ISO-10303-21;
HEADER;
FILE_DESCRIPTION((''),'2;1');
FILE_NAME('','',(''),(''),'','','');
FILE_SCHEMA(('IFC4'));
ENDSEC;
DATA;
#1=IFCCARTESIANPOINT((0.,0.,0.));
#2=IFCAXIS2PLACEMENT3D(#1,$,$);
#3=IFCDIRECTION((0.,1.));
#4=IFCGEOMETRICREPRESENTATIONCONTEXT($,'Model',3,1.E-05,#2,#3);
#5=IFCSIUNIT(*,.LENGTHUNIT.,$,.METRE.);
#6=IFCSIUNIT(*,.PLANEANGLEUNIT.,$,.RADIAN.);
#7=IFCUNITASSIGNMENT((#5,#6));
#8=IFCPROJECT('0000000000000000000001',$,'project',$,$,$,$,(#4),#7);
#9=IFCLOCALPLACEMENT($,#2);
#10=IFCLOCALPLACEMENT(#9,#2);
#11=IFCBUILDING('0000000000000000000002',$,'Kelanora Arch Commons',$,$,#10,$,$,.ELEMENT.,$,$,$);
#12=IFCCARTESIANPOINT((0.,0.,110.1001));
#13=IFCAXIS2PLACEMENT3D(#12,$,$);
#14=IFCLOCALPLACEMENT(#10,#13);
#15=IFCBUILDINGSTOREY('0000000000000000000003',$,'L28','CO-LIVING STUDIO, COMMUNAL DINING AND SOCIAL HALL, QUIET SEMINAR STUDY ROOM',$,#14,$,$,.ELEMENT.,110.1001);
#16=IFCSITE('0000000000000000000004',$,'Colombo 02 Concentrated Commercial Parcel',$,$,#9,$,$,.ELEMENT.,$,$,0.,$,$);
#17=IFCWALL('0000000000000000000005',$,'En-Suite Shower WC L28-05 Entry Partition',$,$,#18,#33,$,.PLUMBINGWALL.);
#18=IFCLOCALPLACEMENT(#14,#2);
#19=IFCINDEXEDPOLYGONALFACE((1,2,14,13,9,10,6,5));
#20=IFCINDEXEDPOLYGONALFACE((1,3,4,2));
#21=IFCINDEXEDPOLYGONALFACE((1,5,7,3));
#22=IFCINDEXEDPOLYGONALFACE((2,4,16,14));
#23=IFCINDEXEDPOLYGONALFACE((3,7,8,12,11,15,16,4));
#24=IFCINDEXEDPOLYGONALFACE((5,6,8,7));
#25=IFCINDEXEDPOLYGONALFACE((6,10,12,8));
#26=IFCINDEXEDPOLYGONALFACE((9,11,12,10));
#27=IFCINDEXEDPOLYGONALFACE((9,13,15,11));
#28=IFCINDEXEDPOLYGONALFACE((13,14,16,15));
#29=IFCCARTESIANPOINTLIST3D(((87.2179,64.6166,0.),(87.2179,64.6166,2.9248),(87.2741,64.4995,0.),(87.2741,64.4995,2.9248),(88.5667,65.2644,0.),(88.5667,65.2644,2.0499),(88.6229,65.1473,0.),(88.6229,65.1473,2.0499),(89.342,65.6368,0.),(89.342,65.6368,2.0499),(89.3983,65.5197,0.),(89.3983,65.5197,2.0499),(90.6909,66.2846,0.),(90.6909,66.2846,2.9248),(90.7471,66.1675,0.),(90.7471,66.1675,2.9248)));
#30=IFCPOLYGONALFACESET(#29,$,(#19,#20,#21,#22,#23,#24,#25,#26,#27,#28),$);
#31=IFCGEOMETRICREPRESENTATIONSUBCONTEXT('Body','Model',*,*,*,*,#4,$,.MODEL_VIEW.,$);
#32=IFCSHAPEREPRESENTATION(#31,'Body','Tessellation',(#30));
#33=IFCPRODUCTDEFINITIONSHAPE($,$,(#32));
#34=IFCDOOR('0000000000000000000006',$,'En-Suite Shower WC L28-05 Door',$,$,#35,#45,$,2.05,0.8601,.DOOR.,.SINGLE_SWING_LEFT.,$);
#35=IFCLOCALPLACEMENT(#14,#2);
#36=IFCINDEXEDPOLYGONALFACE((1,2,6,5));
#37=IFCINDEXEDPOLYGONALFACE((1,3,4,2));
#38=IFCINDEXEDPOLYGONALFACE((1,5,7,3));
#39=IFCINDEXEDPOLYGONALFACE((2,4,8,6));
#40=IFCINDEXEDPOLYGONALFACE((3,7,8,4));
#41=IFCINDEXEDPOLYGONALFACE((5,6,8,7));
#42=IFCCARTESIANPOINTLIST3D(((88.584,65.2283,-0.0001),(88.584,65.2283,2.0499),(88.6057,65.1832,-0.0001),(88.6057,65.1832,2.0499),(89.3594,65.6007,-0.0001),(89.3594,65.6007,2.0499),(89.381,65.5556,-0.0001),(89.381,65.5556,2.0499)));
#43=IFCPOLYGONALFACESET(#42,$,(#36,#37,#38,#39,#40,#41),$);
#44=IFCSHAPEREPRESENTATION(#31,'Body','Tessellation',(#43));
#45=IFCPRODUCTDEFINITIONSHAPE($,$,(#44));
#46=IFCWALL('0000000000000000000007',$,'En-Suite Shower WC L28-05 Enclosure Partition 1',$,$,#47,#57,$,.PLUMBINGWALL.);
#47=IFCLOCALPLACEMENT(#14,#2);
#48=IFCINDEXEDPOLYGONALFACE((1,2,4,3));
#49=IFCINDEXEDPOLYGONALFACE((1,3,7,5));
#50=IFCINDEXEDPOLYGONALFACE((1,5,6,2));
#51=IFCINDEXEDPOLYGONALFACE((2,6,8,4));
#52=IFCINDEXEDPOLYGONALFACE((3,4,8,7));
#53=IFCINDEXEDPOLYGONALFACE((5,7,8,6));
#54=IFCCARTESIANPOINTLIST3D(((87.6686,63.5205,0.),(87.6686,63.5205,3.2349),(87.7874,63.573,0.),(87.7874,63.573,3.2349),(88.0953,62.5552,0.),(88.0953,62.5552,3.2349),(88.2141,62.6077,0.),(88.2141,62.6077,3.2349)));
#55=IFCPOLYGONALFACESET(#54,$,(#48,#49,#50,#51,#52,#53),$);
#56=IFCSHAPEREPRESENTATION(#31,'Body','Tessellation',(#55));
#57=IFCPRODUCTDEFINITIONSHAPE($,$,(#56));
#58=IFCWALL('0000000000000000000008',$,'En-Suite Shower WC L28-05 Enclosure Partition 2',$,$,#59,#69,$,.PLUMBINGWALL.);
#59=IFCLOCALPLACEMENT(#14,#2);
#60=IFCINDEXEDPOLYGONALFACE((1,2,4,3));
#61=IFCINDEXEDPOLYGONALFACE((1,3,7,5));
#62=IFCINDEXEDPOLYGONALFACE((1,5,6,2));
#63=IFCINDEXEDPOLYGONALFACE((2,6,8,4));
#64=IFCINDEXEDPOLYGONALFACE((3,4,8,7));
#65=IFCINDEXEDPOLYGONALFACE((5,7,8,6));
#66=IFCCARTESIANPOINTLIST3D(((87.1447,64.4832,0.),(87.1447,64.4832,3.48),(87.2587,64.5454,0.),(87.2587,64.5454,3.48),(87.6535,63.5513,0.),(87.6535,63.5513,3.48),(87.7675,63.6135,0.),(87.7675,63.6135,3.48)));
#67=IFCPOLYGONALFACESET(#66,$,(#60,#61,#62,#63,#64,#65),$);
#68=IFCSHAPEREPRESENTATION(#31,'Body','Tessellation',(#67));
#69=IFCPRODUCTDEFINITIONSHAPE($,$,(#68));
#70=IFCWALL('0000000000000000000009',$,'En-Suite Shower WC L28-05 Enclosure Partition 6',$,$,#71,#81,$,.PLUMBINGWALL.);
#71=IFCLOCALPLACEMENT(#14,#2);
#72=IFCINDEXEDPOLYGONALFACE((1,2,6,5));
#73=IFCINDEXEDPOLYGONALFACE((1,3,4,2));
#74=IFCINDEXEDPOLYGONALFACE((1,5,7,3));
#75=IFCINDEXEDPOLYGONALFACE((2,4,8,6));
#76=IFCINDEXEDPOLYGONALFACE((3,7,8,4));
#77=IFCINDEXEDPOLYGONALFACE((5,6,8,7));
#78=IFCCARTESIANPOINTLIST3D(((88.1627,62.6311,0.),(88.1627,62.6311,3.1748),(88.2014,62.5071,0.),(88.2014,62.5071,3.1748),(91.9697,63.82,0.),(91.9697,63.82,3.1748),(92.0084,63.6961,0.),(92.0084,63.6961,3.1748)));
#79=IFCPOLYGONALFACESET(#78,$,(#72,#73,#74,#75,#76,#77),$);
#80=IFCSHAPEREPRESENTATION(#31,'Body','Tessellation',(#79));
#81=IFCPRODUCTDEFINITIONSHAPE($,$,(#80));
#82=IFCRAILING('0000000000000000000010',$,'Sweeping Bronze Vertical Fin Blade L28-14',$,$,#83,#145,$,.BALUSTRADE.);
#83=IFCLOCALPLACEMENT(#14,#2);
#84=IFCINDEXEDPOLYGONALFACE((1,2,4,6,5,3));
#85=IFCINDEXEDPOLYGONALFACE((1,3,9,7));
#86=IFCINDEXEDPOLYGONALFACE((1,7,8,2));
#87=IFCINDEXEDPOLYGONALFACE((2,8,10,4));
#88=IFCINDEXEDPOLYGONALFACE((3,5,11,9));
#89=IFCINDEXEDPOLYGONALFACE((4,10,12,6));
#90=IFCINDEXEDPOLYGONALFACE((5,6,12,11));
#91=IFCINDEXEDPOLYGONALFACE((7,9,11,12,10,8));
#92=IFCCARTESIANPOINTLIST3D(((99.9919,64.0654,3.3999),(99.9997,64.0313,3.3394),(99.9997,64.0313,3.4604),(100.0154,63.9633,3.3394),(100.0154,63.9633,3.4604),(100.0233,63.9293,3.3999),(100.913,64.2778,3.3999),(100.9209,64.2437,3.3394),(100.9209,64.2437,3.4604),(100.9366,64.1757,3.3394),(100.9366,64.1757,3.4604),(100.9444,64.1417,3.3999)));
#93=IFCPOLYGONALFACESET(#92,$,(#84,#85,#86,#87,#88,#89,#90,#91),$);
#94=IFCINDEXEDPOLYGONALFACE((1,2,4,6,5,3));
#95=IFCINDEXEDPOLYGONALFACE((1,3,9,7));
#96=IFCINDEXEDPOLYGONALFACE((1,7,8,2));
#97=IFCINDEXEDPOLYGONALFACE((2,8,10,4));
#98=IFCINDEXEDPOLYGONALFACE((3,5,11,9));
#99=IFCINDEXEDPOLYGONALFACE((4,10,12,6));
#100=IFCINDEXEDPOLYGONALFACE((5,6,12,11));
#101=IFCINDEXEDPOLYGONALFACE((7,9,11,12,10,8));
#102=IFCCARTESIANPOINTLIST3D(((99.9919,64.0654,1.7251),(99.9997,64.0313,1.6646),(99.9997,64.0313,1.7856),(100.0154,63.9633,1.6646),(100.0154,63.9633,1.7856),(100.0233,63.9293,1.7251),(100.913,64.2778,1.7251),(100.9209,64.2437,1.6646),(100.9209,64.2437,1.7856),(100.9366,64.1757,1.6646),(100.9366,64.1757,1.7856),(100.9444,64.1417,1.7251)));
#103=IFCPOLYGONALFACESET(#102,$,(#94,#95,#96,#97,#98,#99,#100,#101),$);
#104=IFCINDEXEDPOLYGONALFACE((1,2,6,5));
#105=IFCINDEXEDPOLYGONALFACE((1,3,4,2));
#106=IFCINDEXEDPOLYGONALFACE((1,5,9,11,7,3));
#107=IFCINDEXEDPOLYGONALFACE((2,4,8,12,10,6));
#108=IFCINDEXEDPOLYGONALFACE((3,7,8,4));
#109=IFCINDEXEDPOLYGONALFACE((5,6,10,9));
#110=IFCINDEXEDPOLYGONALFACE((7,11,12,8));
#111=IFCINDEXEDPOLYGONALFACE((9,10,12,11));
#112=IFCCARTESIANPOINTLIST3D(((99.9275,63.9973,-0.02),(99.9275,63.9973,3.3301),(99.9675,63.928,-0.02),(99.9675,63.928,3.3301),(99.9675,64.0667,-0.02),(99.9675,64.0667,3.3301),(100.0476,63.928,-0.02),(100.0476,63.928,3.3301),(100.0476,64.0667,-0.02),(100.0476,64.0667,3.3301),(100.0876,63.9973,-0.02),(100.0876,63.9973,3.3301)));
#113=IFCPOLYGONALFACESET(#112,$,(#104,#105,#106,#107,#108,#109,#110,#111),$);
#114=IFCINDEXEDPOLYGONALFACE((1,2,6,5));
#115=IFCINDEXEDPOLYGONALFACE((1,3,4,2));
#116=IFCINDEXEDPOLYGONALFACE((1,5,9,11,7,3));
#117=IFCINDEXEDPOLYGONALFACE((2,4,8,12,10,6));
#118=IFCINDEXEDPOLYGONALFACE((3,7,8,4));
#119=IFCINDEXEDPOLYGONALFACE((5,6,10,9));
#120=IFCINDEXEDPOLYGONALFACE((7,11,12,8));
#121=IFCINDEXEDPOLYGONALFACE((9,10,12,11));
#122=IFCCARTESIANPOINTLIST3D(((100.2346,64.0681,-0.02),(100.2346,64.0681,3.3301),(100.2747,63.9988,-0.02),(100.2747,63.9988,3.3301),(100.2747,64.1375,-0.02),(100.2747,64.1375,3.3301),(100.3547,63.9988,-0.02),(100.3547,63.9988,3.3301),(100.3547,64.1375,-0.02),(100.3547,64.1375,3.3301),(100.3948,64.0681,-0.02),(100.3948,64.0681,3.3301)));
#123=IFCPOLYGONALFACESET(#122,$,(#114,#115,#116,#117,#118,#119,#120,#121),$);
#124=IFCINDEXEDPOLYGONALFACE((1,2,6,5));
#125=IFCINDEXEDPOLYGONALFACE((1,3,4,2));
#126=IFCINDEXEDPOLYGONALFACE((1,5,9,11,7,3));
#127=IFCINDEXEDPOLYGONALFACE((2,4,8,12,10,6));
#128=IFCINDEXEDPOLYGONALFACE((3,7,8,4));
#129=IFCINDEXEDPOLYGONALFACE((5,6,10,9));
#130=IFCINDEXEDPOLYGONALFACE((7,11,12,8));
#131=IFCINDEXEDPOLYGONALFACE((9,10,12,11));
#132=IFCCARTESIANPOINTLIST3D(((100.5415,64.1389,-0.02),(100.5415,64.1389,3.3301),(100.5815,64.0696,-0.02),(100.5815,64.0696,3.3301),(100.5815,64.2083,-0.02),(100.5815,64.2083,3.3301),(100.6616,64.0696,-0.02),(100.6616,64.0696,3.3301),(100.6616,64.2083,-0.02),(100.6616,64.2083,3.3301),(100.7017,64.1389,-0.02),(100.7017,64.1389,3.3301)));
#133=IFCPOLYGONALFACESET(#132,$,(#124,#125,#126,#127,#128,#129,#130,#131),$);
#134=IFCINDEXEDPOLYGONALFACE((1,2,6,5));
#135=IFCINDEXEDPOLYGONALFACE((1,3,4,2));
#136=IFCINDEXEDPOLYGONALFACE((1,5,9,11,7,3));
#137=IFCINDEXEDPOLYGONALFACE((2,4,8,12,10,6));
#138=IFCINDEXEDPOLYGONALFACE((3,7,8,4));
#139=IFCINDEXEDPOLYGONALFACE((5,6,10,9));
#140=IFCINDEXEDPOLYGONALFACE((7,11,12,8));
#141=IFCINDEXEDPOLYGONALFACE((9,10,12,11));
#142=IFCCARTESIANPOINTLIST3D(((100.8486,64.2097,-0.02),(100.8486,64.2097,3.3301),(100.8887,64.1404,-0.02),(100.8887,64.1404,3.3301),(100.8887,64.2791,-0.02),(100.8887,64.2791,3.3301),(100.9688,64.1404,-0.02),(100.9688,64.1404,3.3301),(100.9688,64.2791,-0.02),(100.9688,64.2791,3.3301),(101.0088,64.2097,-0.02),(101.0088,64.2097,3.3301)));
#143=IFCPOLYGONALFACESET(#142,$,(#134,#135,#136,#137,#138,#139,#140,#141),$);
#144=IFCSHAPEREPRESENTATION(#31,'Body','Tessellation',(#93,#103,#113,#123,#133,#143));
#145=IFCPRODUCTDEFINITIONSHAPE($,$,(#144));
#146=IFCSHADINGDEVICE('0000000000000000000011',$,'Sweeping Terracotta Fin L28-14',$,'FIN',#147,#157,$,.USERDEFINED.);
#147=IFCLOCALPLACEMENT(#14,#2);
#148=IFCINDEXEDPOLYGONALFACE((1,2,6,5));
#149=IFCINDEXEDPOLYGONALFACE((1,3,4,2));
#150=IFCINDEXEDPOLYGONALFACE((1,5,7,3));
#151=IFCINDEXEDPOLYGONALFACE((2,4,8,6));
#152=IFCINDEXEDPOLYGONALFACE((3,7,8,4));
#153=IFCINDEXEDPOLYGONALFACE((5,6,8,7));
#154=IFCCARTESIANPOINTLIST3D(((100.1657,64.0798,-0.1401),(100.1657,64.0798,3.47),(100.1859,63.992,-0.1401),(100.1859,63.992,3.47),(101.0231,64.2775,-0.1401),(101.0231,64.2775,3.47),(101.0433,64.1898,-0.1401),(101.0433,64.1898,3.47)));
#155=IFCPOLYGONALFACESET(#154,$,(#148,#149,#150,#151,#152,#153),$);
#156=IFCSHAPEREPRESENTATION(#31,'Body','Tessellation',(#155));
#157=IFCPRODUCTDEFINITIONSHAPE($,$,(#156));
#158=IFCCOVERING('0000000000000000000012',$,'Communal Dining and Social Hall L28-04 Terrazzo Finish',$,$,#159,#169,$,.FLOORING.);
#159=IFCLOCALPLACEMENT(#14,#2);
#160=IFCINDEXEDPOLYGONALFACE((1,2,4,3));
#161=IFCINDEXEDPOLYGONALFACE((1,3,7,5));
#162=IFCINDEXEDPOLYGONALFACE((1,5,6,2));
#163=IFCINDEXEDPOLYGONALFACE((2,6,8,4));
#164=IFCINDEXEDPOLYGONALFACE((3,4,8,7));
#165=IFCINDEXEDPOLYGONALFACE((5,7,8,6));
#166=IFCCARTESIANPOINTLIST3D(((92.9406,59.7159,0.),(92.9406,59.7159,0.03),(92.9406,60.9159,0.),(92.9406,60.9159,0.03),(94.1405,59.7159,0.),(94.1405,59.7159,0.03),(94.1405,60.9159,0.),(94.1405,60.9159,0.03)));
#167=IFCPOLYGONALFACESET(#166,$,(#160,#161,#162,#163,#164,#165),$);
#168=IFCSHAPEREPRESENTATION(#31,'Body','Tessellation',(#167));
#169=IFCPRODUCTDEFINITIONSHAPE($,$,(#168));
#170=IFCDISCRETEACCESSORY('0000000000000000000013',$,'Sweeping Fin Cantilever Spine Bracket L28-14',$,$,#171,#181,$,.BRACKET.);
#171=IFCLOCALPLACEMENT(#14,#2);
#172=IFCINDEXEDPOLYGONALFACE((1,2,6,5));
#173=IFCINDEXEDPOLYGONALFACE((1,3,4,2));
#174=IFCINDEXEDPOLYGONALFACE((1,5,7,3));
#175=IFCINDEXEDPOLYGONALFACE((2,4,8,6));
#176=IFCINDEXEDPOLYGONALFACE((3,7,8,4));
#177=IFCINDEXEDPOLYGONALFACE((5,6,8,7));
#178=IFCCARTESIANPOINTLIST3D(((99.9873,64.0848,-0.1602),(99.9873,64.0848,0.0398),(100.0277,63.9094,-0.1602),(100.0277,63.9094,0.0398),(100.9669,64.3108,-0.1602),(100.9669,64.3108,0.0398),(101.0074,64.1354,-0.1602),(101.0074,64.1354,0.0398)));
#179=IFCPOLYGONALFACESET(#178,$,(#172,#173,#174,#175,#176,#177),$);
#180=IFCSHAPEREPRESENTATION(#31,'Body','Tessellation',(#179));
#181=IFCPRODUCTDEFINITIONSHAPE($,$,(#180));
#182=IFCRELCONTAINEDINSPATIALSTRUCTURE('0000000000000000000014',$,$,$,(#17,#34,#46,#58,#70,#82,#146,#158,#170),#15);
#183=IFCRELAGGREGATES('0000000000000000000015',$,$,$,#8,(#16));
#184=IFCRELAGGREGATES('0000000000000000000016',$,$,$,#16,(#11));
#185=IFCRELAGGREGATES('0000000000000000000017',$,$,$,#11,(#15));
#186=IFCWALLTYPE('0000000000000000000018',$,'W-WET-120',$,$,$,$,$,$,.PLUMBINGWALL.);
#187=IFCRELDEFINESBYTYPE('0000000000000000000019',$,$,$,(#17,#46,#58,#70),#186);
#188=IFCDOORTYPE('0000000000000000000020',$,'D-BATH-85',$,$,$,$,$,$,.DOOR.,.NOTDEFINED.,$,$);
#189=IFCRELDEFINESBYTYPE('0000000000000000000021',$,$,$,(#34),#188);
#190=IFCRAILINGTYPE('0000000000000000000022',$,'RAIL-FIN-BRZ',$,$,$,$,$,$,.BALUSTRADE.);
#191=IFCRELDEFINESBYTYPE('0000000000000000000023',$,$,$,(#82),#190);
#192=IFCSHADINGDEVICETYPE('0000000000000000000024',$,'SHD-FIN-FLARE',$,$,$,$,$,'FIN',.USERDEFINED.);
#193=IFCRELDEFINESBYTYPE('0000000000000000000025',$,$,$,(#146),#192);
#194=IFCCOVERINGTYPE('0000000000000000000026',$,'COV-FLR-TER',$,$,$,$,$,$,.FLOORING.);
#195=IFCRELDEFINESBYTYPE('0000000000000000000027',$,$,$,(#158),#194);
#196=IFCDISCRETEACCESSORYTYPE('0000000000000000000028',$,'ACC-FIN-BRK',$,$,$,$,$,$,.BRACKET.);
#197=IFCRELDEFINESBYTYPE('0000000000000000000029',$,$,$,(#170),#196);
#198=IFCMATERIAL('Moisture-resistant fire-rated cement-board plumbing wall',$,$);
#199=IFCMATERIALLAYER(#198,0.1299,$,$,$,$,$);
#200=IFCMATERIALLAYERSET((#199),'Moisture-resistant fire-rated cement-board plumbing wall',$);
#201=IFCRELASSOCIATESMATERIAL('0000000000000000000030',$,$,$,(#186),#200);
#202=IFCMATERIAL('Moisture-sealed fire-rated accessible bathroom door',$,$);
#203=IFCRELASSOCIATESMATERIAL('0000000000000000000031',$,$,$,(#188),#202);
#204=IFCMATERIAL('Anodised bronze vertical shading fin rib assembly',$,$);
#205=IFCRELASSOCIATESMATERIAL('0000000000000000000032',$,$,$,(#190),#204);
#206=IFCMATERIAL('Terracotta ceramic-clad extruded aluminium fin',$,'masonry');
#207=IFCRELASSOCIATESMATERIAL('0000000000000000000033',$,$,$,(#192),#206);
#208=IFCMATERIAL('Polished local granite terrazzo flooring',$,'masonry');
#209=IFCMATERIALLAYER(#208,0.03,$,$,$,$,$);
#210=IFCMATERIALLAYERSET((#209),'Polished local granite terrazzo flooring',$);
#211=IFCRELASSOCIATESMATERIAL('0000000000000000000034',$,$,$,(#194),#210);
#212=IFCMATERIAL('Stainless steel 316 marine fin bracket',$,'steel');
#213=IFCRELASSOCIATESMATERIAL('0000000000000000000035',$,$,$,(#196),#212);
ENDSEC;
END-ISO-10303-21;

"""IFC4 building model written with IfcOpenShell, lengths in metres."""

from ifc_helpers import new_model, si_unit, direction, frame, frame_2d, origin, origin_2d, place, context, subcontext, project, spatial, polyline, rectangle, outline, extrude, source, transform, mapped, material, layer, layer_set, type_object, element, fill, save


model = new_model("IFC4")

# Units and contexts
model_context = context("Model", 3, precision=1e-05, world=origin(), true_north=direction((0.0, 1.0)))
body_context = subcontext(model_context, "Body", "Model", "MODEL_VIEW")
ifc_project = project(units=[si_unit("LENGTHUNIT", "METRE"), si_unit("PLANEANGLEUNIT", "RADIAN")], contexts=[model_context])

# Site, building, storey
site_placement = place(None, origin())
site = spatial("IfcSite", under=ifc_project, at=site_placement, Name="Colombo 02 Concentrated Commercial Parcel", CompositionType="ELEMENT", RefElevation=0.0)
building_placement = place(site_placement, origin())
building = spatial("IfcBuilding", under=site, at=building_placement, Name="Kelanora Arch Commons", CompositionType="ELEMENT")
storey_placement = place(building_placement, frame((0.0, 0.0, 110.1001)))
storey = spatial("IfcBuildingStorey", under=building, at=storey_placement, Name="L28", Description="CO-LIVING STUDIO, COMMUNAL DINING AND SOCIAL HALL, QUIET SEMINAR STUDY ROOM", CompositionType="ELEMENT", Elevation=110.1001)

# Wall, opening, door
ifc_material_1 = material(Name="Moisture-resistant fire-rated cement-board plumbing wall")
ifc_layer_1 = layer(ifc_material_1, 0.1299)
ifc_layer_set_1 = layer_set([ifc_layer_1], Name="Moisture-resistant fire-rated cement-board plumbing wall")
wall_type_1 = type_object("IfcWallType", Name="W-WET-120", PredefinedType="PLUMBINGWALL", material=ifc_layer_set_1)
wall_1_placement = place(storey_placement, frame((87.2461, 64.5581, 0.0), z_axis=(0.0, 0.0, 1.0), x_axis=(0.901424, 0.432937, 0.0)))
wall_1 = element("IfcWall", 1, at=wall_1_placement, inside=storey, type_object=wall_type_1, Name="En-Suite Shower WC L28-05 Entry Partition", PredefinedType="PLUMBINGWALL", context=body_context, shape_type="SweptSolid", body=[
    extrude(rectangle(XDim=3.8528, YDim=0.1299, at=frame_2d((1.9263, 0.0))), origin(), (0.0, 0.0, 1.0), 2.9248),
])
opening_1_placement = place(wall_1_placement, frame((1.4961, 0.0, 0.0)))
opening_1 = element("IfcOpeningElement", 2, at=opening_1_placement, cuts=wall_1, PredefinedType="OPENING", context=body_context, shape_type="SweptSolid", body=[
    extrude(rectangle(XDim=0.8601, YDim=2.05, at=frame_2d((0.4302, 1.0249))), frame((0.0, 0.075, 0.0), z_axis=(0.0, -1.0, 0.0), x_axis=(1.0, 0.0, 0.0)), (0.0, 0.0, 1.0), 0.1499),
])
ifc_material_2 = material(Name="Moisture-sealed fire-rated accessible bathroom door")
door_type_1 = type_object("IfcDoorType", Name="D-BATH-85", OperationType="NOTDEFINED", PredefinedType="DOOR", material=ifc_material_2)
door_1_placement = place(opening_1_placement, origin())
door_1 = element("IfcDoor", 3, at=door_1_placement, inside=storey, type_object=door_type_1, Name="En-Suite Shower WC L28-05 Door", OperationType="SINGLE_SWING_LEFT", OverallHeight=2.05, OverallWidth=0.8601, PredefinedType="DOOR", context=body_context, shape_type="SweptSolid", body=[
    extrude(rectangle(XDim=0.8601, YDim=2.05, at=frame_2d((0.4302, 1.0249))), frame((0.0, 0.0249, 0.0), z_axis=(0.0, -1.0, 0.0), x_axis=(1.0, 0.0, 0.0)), (0.0, 0.0, 1.0), 0.05),
])
fill(opening_1, door_1)

# Walls
wall_2_placement = place(storey_placement, frame((88.1548, 62.5813, 0.0), z_axis=(0.0, 0.0, 1.0), x_axis=(-0.404335, 0.914611, 0.0)))
element("IfcWall", 4, at=wall_2_placement, inside=storey, type_object=wall_type_1, Name="En-Suite Shower WC L28-05 Enclosure Partition 1", PredefinedType="PLUMBINGWALL", context=body_context, shape_type="SweptSolid", body=[
    extrude(rectangle(XDim=1.0554, YDim=0.1299, at=frame_2d((0.5278, 0.0))), origin(), (0.0, 0.0, 1.0), 3.2349),
])
wall_3_placement = place(storey_placement, frame((87.7104, 63.5825, 0.0), z_axis=(0.0, 0.0, 1.0), x_axis=(-0.479207, 0.877702, 0.0)))
element("IfcWall", 5, at=wall_3_placement, inside=storey, type_object=wall_type_1, Name="En-Suite Shower WC L28-05 Enclosure Partition 2", PredefinedType="PLUMBINGWALL", context=body_context, shape_type="SweptSolid", body=[
    extrude(rectangle(XDim=1.0618, YDim=0.1299, at=frame_2d((0.5308, 0.0))), origin(), (0.0, 0.0, 1.0), 3.48),
])
wall_4_placement = place(storey_placement, frame((91.989, 63.7581, 0.0), z_axis=(0.0, 0.0, 1.0), x_axis=(-0.954529, -0.298118, 0.0)))
element("IfcWall", 6, at=wall_4_placement, inside=storey, type_object=wall_type_1, Name="En-Suite Shower WC L28-05 Enclosure Partition 6", PredefinedType="PLUMBINGWALL", context=body_context, shape_type="SweptSolid", body=[
    extrude(rectangle(XDim=3.9883, YDim=0.1299, at=frame_2d((1.9941, 0.0))), origin(), (0.0, 0.0, 1.0), 3.1748),
])

# Railing
ifc_material_3 = material(Name="Anodised bronze vertical shading fin rib assembly")
railing_type_1 = type_object("IfcRailingType", Name="RAIL-FIN-BRZ", PredefinedType="BALUSTRADE", material=ifc_material_3)
railing_1_placement = place(storey_placement, frame((100.0076, 63.9973, -0.02)))
element("IfcRailing", 7, at=railing_1_placement, inside=storey, type_object=railing_type_1, Name="Sweeping Bronze Vertical Fin Blade L28-14", PredefinedType="BALUSTRADE", context=body_context, shape_type="SweptSolid", body=[
    extrude(outline(polyline([(0.0698, 0.0), (0.0349, 0.0605), (-0.0349, 0.0605), (-0.0698, 0.0), (-0.0349, -0.0605), (0.0349, -0.0605), (0.0698, 0.0)])), frame((0.0, 0.0, 3.4199), z_axis=(0.97443, 0.22469, 0.0), x_axis=(-0.22469, 0.97443, 0.0)), (0.0, 0.0, 1.0), 0.9453),
    extrude(outline(polyline([(0.0698, 0.0), (0.0349, 0.0605), (-0.0349, 0.0605), (-0.0698, 0.0), (-0.0349, -0.0605), (0.0349, -0.0605), (0.0698, 0.0)])), frame((0.0, 0.0, 1.7451), z_axis=(0.97443, 0.22469, 0.0), x_axis=(-0.22469, 0.97443, 0.0)), (0.0, 0.0, 1.0), 0.9453),
    extrude(outline(polyline([(0.0801, 0.0), (0.04, 0.0693), (-0.04, 0.0693), (-0.0801, 0.0), (-0.04, -0.0693), (0.04, -0.0693), (0.0801, 0.0)])), origin(), (0.0, 0.0, 1.0), 3.3501),
    extrude(outline(polyline([(0.0801, 0.0), (0.04, 0.0693), (-0.04, 0.0693), (-0.0801, 0.0), (-0.04, -0.0693), (0.04, -0.0693), (0.0801, 0.0)])), frame((0.3071, 0.0708, 0.0)), (0.0, 0.0, 1.0), 3.3501),
    extrude(outline(polyline([(0.0801, 0.0), (0.04, 0.0693), (-0.04, 0.0693), (-0.0801, 0.0), (-0.04, -0.0693), (0.04, -0.0693), (0.0801, 0.0)])), frame((0.614, 0.1416, 0.0)), (0.0, 0.0, 1.0), 3.3501),
    extrude(outline(polyline([(0.0801, 0.0), (0.04, 0.0693), (-0.04, 0.0693), (-0.0801, 0.0), (-0.04, -0.0693), (0.04, -0.0693), (0.0801, 0.0)])), frame((0.9211, 0.2124, 0.0)), (0.0, 0.0, 1.0), 3.3501),
])

# Shading device
ifc_material_4 = material(Name="Terracotta ceramic-clad extruded aluminium fin", Category="masonry")
shading_device_type = type_object("IfcShadingDeviceType", Name="SHD-FIN-FLARE", ElementType="FIN", PredefinedType="USERDEFINED", material=ifc_material_4)
shared_shape_1 = source(origin(), body_context, "Body", "SweptSolid", [
    extrude(rectangle(XDim=0.8799, YDim=0.0901, at=origin_2d()), origin(), (0.0, 0.0, 1.0), 3.6101),
])
shading_device_placement = place(storey_placement, frame((100.6045, 64.1348, -0.1401), z_axis=(0.0, 0.0, 1.0), x_axis=(0.974409, 0.224781, 0.0)))
element("IfcShadingDevice", 8, at=shading_device_placement, inside=storey, type_object=shading_device_type, Name="Sweeping Terracotta Fin L28-14", ObjectType="FIN", PredefinedType="USERDEFINED", context=body_context, shape_type="MappedRepresentation", body=[
    mapped(shared_shape_1, transform((0.0, 0.0, 0.0), scale=1.0)),
])

# Covering
ifc_material_5 = material(Name="Polished local granite terrazzo flooring", Category="masonry")
ifc_layer_2 = layer(ifc_material_5, 0.03)
ifc_layer_set_2 = layer_set([ifc_layer_2], Name="Polished local granite terrazzo flooring")
covering_type = type_object("IfcCoveringType", Name="COV-FLR-TER", PredefinedType="FLOORING", material=ifc_layer_set_2)
shared_shape_2 = source(origin(), body_context, "Body", "SweptSolid", [
    extrude(rectangle(XDim=1.2, YDim=1.2, at=origin_2d()), origin(), (0.0, 0.0, 1.0), 0.03),
])
covering_placement = place(storey_placement, frame((93.5405, 60.3159, 0.0), z_axis=(0.0, 0.0, 1.0), x_axis=(1.0, 0.0, 0.0)))
element("IfcCovering", 9, at=covering_placement, inside=storey, type_object=covering_type, Name="Communal Dining and Social Hall L28-04 Terrazzo Finish", PredefinedType="FLOORING", context=body_context, shape_type="MappedRepresentation", body=[
    mapped(shared_shape_2, transform((0.0, 0.0, 0.0), scale=1.0)),
])

# Discrete accessory
ifc_material_6 = material(Name="Stainless steel 316 marine fin bracket", Category="steel")
discrete_accessory_type = type_object("IfcDiscreteAccessoryType", Name="ACC-FIN-BRK", PredefinedType="BRACKET", material=ifc_material_6)
shared_shape_3 = source(origin(), body_context, "Body", "SweptSolid", [
    extrude(rectangle(XDim=1.0054, YDim=0.1799, at=origin_2d()), origin(), (0.0, 0.0, 1.0), 0.2),
])
discrete_accessory_placement = place(storey_placement, frame((100.4973, 64.1101, -0.1602), z_axis=(0.0, 0.0, 1.0), x_axis=(0.974409, 0.224781, 0.0)))
element("IfcDiscreteAccessory", 10, at=discrete_accessory_placement, inside=storey, type_object=discrete_accessory_type, Name="Sweeping Fin Cantilever Spine Bracket L28-14", PredefinedType="BRACKET", context=body_context, shape_type="MappedRepresentation", body=[
    mapped(shared_shape_3, transform((0.0, 0.0, 0.0), scale=1.0)),
])

save(model, "model.ifc")
